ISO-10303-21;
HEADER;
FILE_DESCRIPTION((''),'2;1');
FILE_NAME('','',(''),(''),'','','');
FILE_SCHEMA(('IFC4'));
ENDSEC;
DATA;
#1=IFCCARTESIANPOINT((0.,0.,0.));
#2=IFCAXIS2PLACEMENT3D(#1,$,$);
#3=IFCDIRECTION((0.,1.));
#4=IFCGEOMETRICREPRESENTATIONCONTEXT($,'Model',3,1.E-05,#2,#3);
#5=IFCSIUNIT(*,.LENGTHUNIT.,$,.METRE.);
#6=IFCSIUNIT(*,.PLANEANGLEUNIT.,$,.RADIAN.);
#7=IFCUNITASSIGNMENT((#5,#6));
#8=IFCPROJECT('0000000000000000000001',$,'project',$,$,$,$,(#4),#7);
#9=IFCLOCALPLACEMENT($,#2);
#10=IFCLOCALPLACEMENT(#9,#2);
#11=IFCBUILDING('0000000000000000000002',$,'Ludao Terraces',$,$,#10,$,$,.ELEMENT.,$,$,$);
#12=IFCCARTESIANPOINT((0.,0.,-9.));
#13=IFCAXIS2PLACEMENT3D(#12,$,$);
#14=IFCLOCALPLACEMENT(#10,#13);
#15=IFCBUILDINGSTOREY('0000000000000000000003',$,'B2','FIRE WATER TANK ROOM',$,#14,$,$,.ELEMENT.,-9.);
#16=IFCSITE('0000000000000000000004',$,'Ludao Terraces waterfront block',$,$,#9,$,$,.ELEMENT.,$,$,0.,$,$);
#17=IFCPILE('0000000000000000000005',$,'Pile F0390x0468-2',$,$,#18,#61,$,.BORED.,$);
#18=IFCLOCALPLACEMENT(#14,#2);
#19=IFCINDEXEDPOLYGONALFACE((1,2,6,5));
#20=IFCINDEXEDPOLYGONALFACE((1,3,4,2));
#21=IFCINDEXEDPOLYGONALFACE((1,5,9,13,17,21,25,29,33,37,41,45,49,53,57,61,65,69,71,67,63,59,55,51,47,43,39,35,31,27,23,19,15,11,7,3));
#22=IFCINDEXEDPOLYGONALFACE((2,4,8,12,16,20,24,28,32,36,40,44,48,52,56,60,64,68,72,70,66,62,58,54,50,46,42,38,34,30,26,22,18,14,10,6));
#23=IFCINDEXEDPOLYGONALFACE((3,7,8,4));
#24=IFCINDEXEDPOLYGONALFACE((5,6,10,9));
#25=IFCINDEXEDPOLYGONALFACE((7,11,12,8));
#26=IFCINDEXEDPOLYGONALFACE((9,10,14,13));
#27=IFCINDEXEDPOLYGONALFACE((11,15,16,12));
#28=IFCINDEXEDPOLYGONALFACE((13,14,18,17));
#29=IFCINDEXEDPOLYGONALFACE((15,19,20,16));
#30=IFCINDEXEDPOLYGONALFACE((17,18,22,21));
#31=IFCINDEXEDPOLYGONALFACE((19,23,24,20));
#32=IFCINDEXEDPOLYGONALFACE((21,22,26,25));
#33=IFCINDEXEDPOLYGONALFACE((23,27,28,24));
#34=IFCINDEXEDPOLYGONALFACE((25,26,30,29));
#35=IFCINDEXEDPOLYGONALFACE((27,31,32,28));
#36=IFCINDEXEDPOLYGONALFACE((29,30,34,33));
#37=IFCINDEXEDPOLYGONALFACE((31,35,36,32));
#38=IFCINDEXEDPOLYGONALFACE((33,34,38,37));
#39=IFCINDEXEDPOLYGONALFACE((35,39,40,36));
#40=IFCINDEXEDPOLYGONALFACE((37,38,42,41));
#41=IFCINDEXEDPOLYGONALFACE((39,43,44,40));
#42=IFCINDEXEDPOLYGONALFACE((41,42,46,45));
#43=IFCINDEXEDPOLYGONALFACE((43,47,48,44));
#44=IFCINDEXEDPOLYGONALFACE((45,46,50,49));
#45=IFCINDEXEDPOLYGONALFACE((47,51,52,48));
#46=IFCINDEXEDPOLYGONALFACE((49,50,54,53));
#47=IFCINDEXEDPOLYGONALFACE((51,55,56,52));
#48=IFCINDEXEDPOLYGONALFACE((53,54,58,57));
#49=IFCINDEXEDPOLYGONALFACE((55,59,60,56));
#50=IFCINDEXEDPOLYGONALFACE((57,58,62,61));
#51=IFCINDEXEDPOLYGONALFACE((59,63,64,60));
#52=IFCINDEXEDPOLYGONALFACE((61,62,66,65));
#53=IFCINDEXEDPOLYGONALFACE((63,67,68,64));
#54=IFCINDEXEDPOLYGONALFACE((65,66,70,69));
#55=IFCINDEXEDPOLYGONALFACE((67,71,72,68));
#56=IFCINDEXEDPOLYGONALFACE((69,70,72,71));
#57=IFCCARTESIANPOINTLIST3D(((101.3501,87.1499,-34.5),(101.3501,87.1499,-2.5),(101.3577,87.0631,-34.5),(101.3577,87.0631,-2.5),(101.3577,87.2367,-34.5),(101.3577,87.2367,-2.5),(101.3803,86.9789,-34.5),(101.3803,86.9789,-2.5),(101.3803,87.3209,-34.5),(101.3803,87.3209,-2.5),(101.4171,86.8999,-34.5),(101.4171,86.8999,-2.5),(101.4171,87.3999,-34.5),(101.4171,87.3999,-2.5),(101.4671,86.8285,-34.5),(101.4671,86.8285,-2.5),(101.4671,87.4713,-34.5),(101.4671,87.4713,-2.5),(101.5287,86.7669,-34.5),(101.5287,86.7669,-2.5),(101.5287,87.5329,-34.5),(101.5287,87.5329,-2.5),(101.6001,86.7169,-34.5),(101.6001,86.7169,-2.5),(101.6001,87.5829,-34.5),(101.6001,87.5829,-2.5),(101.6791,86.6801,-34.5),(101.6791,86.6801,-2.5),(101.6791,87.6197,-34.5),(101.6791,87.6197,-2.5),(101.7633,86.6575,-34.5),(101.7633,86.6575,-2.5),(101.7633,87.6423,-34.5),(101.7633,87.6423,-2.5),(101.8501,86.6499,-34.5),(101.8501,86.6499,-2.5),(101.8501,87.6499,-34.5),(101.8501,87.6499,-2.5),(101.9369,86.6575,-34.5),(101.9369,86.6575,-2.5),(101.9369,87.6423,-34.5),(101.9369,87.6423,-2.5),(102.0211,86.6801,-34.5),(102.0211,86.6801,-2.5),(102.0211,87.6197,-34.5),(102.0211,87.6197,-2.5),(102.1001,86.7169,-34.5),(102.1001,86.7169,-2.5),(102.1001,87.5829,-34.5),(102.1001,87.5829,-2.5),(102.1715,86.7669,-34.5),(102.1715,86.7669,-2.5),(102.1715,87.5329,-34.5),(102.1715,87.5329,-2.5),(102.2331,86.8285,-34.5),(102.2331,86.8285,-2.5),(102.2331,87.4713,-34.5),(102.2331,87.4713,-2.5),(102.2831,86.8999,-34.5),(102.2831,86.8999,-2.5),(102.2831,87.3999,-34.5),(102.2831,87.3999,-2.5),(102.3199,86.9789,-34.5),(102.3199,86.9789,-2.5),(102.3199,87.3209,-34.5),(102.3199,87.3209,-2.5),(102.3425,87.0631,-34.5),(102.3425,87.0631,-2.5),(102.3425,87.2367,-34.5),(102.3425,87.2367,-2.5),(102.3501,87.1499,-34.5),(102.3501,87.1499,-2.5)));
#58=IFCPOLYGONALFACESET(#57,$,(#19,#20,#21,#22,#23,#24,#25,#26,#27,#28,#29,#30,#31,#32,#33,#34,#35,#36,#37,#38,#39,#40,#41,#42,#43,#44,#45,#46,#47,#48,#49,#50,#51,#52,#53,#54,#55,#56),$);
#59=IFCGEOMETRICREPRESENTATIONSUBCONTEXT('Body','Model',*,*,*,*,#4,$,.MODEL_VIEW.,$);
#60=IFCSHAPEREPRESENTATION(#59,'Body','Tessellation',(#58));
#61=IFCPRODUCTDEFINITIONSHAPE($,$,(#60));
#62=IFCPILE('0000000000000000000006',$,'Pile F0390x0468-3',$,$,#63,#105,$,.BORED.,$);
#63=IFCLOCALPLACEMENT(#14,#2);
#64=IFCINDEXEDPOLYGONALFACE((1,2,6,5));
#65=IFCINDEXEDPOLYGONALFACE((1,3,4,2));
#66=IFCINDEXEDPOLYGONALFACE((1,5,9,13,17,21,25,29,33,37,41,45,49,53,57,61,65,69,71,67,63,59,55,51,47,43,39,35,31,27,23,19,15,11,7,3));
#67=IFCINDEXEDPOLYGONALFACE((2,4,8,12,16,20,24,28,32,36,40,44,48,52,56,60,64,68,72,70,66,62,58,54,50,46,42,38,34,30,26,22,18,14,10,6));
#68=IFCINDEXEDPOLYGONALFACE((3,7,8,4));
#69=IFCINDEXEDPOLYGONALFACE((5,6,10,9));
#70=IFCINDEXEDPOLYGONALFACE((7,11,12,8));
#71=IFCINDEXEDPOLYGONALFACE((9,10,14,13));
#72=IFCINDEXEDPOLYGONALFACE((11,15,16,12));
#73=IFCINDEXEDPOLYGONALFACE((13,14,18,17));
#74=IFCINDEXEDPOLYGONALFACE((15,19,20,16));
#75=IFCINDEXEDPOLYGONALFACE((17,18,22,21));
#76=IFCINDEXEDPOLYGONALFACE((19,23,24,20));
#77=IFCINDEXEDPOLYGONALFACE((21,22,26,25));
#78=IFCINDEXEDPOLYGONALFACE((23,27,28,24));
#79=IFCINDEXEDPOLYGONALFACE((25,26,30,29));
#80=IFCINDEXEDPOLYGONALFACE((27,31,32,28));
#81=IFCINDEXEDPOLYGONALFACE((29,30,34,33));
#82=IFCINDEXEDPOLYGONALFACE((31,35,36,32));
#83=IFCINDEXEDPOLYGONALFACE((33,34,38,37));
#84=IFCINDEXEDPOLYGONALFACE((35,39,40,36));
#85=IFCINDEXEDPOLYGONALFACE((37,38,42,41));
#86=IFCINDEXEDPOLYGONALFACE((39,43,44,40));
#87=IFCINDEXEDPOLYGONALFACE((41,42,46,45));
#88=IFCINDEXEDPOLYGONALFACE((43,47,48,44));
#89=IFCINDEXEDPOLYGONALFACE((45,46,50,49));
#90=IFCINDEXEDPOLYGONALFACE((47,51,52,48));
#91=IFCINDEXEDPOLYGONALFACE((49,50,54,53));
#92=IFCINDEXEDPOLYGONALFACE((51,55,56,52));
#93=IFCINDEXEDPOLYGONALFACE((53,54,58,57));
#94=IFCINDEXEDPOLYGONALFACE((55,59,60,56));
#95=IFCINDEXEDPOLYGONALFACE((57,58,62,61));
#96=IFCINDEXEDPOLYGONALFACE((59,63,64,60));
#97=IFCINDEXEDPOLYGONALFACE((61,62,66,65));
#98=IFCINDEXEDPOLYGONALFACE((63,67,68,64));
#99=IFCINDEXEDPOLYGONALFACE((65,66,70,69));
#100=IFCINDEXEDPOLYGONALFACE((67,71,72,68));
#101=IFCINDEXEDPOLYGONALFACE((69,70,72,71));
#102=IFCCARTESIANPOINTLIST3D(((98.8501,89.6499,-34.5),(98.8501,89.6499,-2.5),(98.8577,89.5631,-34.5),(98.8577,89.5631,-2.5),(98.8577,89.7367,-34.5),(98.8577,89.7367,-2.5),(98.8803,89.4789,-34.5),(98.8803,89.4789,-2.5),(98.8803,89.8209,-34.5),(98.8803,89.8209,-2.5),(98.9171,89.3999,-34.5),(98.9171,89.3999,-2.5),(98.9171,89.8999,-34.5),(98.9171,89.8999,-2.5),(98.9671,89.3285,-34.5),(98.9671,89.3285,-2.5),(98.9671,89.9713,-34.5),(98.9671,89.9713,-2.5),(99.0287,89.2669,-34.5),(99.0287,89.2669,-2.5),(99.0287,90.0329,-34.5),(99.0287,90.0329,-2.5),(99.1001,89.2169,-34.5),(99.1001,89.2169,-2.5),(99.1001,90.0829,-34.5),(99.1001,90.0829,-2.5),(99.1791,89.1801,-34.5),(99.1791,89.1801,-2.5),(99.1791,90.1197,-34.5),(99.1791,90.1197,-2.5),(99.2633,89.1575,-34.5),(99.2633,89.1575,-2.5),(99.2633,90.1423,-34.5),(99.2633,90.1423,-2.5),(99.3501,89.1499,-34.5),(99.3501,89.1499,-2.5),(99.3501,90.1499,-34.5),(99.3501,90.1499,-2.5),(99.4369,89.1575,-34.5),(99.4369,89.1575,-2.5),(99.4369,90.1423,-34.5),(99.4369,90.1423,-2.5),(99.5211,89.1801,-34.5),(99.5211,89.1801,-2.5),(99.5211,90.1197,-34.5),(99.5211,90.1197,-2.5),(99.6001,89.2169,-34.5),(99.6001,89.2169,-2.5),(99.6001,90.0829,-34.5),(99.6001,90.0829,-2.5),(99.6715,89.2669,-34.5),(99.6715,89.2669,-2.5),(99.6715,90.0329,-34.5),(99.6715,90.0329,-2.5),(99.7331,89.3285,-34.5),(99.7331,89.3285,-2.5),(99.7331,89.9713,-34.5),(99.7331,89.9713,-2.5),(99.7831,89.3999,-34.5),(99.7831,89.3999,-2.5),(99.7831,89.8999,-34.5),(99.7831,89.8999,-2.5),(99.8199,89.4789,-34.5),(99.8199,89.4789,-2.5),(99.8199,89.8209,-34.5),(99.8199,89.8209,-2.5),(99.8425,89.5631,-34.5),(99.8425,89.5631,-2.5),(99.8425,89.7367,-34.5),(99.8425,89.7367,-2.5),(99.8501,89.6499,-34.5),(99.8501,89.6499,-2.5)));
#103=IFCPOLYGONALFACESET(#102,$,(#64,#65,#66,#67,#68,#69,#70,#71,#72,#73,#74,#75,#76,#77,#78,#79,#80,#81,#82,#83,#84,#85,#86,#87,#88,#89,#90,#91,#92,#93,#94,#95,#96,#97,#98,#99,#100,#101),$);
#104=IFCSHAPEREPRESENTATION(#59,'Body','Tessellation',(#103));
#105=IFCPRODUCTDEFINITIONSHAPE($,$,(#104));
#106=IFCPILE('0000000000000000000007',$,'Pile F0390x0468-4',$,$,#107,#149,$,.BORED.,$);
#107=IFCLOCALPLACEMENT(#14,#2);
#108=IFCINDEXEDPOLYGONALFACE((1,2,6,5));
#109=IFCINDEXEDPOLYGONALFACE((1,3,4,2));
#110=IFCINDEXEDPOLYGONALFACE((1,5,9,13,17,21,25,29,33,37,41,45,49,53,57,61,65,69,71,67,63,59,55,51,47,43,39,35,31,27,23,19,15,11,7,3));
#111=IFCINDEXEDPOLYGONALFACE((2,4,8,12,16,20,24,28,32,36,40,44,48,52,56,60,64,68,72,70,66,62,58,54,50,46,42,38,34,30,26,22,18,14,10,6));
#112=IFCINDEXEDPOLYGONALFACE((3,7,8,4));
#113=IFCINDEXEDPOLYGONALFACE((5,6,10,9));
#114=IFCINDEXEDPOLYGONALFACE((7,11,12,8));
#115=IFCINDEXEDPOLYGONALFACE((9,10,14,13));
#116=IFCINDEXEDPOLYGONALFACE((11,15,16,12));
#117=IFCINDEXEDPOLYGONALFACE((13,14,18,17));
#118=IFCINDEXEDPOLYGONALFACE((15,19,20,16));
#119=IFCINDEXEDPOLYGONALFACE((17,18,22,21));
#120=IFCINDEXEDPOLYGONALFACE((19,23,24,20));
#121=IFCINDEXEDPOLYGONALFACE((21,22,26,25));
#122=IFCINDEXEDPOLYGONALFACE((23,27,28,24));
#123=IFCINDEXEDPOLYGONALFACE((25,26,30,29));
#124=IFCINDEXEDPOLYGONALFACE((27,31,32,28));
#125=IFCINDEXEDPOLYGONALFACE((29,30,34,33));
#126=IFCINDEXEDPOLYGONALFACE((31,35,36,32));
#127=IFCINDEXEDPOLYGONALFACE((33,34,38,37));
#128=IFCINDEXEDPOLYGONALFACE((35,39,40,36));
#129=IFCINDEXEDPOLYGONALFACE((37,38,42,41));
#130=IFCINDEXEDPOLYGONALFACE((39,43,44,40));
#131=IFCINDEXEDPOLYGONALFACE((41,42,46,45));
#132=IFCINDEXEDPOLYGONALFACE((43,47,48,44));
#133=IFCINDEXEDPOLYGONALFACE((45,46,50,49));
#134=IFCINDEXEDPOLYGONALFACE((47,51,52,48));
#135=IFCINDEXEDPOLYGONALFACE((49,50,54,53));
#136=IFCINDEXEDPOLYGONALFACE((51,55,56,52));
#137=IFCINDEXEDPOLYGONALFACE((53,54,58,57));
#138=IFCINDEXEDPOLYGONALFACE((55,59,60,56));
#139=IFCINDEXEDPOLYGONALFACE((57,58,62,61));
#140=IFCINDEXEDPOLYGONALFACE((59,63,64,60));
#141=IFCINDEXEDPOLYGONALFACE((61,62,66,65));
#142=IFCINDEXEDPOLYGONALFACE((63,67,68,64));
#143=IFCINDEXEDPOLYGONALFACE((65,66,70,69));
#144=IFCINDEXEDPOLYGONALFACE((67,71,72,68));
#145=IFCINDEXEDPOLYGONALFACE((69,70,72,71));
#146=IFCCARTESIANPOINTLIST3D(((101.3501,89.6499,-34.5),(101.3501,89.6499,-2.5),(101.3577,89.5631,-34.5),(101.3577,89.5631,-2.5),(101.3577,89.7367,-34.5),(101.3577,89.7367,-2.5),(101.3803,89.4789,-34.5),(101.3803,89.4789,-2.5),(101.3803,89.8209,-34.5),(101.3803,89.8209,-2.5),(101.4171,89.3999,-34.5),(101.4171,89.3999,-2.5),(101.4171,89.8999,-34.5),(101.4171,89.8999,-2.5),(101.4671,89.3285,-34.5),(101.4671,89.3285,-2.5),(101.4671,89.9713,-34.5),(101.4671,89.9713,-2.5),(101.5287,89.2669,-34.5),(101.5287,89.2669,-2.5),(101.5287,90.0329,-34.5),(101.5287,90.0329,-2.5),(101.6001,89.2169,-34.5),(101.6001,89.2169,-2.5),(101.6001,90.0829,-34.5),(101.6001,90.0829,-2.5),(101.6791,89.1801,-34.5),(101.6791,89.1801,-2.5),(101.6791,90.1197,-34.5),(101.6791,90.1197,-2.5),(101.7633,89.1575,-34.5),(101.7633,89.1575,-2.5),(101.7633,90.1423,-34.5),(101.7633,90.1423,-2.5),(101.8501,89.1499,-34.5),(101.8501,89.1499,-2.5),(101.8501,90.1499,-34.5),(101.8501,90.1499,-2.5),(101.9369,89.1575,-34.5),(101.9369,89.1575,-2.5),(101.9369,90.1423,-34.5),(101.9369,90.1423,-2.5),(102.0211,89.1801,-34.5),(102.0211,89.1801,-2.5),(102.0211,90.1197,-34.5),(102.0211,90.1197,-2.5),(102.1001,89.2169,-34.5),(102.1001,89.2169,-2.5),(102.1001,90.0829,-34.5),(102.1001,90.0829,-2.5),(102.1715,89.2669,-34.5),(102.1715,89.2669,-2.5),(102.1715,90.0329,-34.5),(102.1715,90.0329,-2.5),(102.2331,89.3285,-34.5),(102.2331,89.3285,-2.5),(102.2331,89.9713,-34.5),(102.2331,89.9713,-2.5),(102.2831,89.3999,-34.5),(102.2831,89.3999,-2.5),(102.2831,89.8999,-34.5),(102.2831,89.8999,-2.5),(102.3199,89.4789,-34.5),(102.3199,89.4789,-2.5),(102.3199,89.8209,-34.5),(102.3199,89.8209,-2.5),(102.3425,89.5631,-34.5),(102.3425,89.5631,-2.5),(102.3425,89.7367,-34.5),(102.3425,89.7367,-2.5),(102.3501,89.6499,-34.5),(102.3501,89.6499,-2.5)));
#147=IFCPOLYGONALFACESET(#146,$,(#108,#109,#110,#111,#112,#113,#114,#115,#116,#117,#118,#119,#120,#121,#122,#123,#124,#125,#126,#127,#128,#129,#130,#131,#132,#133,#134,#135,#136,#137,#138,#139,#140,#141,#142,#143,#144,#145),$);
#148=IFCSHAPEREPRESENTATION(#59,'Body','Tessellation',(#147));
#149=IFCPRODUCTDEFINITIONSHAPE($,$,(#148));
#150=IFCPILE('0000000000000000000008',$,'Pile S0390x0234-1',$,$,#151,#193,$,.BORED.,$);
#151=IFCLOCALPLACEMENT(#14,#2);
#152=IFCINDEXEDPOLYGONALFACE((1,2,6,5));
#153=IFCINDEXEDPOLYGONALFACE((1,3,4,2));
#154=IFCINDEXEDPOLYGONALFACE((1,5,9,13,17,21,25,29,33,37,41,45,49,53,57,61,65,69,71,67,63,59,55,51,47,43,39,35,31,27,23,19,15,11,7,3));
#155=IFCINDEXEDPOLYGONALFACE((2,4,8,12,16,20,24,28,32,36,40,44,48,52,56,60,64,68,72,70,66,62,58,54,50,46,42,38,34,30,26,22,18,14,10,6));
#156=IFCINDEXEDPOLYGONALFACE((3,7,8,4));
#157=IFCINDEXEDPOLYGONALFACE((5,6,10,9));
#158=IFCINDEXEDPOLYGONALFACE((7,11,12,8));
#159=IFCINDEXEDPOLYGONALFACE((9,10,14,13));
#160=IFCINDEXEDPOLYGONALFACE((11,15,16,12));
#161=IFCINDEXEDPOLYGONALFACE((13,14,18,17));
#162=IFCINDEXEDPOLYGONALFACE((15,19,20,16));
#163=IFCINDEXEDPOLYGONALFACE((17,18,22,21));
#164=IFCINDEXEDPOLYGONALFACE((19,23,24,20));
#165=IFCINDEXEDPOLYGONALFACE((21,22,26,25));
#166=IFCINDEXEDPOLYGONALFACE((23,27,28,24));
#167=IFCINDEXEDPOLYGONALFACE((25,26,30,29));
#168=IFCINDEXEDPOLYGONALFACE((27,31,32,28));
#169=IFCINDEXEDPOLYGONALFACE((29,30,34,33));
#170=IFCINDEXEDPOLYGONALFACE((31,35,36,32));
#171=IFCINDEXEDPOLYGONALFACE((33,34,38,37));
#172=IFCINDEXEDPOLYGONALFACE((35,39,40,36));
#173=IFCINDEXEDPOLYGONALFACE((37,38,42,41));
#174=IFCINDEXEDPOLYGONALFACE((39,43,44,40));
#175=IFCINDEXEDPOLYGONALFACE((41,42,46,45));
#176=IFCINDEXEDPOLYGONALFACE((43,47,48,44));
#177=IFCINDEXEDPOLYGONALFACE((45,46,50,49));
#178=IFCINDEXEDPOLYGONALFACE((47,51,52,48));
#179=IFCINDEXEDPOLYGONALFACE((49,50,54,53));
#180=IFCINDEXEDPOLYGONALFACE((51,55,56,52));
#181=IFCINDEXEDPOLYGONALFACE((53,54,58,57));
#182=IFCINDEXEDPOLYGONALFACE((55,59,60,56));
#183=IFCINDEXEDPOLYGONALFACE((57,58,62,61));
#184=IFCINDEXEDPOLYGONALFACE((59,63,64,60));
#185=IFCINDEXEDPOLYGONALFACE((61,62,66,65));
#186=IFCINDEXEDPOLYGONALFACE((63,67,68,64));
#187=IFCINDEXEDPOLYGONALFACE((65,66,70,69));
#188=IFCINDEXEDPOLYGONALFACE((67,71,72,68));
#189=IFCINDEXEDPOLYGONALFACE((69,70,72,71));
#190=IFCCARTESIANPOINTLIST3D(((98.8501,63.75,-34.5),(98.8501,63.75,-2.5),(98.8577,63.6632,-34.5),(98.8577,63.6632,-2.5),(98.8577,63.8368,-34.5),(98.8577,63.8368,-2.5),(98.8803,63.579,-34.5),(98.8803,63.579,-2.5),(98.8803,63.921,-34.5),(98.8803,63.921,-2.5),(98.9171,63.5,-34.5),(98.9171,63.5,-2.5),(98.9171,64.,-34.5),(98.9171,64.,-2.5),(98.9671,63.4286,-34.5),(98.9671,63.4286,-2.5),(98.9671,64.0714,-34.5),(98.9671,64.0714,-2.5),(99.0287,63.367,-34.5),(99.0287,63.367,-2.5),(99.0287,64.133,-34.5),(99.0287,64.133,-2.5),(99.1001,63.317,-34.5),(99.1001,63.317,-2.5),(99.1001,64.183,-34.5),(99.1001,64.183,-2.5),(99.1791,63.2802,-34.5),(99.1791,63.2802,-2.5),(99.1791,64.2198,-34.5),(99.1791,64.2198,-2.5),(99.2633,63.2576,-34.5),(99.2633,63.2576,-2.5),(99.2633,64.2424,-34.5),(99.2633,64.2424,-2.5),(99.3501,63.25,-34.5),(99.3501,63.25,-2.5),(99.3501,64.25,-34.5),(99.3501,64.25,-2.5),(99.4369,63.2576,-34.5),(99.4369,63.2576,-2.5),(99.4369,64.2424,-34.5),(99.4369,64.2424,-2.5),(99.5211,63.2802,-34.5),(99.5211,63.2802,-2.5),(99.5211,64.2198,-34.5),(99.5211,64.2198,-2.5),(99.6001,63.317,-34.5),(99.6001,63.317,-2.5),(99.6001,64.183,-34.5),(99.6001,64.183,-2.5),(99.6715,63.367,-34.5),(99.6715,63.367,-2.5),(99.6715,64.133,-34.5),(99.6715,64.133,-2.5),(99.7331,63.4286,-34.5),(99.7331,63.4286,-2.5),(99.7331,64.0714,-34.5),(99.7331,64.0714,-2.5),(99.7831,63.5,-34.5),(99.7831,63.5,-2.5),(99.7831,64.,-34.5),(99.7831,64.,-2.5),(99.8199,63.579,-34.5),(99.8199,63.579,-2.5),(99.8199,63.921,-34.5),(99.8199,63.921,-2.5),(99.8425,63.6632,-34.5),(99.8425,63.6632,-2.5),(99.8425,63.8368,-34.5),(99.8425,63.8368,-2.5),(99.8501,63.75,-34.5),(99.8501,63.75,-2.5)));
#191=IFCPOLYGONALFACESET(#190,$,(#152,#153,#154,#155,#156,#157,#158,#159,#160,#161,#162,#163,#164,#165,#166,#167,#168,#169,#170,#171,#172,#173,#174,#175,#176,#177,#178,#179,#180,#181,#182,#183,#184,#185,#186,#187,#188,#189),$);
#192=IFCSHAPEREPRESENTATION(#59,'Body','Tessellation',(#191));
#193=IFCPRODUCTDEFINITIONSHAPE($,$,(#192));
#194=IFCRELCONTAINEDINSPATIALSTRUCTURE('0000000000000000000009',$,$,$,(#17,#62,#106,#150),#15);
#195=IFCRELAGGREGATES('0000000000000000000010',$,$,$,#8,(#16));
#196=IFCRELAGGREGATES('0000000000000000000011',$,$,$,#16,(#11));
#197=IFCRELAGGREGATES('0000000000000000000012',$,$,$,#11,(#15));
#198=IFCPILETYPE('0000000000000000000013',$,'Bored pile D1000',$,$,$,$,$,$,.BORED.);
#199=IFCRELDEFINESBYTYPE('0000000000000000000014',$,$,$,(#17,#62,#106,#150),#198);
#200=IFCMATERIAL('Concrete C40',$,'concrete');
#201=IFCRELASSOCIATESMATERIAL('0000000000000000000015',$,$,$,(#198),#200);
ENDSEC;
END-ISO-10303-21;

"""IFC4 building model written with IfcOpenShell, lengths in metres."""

from ifc_helpers import new_model, si_unit, direction, frame, origin, origin_2d, place, context, subcontext, project, spatial, circle, extrude, material, material_profile, profile_set, type_object, element, save


model = new_model("IFC4")

# Units and contexts
model_context = context("Model", 3, precision=1e-05, world=origin(), true_north=direction((0.0, 1.0)))
body_context = subcontext(model_context, "Body", "Model", "MODEL_VIEW")
ifc_project = project(units=[si_unit("LENGTHUNIT", "METRE"), si_unit("PLANEANGLEUNIT", "RADIAN")], contexts=[model_context])

# Site, building, storey
site_placement = place(None, origin())
site = spatial("IfcSite", under=ifc_project, at=site_placement, Name="Ludao Terraces waterfront block", CompositionType="ELEMENT", RefElevation=0.0)
building_placement = place(site_placement, origin())
building = spatial("IfcBuilding", under=site, at=building_placement, Name="Ludao Terraces", CompositionType="ELEMENT")
storey_placement = place(building_placement, frame((0.0, 0.0, -9.0)))
storey = spatial("IfcBuildingStorey", under=building, at=storey_placement, Name="B2", Description="FIRE WATER TANK ROOM", CompositionType="ELEMENT", Elevation=-9.0)

# Piles
ifc_material_1 = material(Name="Concrete C40", Category="concrete")
ifc_material_profile_1 = material_profile(ifc_material_1, circle(Radius=0.5, at=origin_2d()), Name="D1000 BORED PILE")
ifc_profile_set_1 = profile_set([ifc_material_profile_1], Name="Concrete C40")
pile_type = type_object("IfcPileType", Name="Bored pile D1000", PredefinedType="BORED", material=ifc_profile_set_1)
for number, where, z_axis, x_axis, name in (
    (1, (101.8501, 87.1499, -2.5), (0.0, 0.0, -1.0), (1.0, 0.0, 0.0), "Pile F0390x0468-2"),
    (2, (99.3501, 89.6499, -2.5), (0.0, 0.0, -1.0), (1.0, 0.0, 0.0), "Pile F0390x0468-3"),
    (3, (101.8501, 89.6499, -2.5), (0.0, 0.0, -1.0), (1.0, 0.0, 0.0), "Pile F0390x0468-4"),
    (4, (99.3501, 63.75, -2.5), (0.0, 0.0, -1.0), (1.0, 0.0, 0.0), "Pile S0390x0234-1"),
):
    element("IfcPile", number, at=place(storey_placement, frame(where, z_axis=z_axis, x_axis=x_axis)), inside=storey, type_object=pile_type, Name=name, PredefinedType="BORED", context=body_context, shape_type="SweptSolid", body=[
        extrude(circle(Radius=0.5, at=origin_2d()), origin(), (0.0, 0.0, 1.0), 32.0),
    ])

save(model, "model.ifc")
